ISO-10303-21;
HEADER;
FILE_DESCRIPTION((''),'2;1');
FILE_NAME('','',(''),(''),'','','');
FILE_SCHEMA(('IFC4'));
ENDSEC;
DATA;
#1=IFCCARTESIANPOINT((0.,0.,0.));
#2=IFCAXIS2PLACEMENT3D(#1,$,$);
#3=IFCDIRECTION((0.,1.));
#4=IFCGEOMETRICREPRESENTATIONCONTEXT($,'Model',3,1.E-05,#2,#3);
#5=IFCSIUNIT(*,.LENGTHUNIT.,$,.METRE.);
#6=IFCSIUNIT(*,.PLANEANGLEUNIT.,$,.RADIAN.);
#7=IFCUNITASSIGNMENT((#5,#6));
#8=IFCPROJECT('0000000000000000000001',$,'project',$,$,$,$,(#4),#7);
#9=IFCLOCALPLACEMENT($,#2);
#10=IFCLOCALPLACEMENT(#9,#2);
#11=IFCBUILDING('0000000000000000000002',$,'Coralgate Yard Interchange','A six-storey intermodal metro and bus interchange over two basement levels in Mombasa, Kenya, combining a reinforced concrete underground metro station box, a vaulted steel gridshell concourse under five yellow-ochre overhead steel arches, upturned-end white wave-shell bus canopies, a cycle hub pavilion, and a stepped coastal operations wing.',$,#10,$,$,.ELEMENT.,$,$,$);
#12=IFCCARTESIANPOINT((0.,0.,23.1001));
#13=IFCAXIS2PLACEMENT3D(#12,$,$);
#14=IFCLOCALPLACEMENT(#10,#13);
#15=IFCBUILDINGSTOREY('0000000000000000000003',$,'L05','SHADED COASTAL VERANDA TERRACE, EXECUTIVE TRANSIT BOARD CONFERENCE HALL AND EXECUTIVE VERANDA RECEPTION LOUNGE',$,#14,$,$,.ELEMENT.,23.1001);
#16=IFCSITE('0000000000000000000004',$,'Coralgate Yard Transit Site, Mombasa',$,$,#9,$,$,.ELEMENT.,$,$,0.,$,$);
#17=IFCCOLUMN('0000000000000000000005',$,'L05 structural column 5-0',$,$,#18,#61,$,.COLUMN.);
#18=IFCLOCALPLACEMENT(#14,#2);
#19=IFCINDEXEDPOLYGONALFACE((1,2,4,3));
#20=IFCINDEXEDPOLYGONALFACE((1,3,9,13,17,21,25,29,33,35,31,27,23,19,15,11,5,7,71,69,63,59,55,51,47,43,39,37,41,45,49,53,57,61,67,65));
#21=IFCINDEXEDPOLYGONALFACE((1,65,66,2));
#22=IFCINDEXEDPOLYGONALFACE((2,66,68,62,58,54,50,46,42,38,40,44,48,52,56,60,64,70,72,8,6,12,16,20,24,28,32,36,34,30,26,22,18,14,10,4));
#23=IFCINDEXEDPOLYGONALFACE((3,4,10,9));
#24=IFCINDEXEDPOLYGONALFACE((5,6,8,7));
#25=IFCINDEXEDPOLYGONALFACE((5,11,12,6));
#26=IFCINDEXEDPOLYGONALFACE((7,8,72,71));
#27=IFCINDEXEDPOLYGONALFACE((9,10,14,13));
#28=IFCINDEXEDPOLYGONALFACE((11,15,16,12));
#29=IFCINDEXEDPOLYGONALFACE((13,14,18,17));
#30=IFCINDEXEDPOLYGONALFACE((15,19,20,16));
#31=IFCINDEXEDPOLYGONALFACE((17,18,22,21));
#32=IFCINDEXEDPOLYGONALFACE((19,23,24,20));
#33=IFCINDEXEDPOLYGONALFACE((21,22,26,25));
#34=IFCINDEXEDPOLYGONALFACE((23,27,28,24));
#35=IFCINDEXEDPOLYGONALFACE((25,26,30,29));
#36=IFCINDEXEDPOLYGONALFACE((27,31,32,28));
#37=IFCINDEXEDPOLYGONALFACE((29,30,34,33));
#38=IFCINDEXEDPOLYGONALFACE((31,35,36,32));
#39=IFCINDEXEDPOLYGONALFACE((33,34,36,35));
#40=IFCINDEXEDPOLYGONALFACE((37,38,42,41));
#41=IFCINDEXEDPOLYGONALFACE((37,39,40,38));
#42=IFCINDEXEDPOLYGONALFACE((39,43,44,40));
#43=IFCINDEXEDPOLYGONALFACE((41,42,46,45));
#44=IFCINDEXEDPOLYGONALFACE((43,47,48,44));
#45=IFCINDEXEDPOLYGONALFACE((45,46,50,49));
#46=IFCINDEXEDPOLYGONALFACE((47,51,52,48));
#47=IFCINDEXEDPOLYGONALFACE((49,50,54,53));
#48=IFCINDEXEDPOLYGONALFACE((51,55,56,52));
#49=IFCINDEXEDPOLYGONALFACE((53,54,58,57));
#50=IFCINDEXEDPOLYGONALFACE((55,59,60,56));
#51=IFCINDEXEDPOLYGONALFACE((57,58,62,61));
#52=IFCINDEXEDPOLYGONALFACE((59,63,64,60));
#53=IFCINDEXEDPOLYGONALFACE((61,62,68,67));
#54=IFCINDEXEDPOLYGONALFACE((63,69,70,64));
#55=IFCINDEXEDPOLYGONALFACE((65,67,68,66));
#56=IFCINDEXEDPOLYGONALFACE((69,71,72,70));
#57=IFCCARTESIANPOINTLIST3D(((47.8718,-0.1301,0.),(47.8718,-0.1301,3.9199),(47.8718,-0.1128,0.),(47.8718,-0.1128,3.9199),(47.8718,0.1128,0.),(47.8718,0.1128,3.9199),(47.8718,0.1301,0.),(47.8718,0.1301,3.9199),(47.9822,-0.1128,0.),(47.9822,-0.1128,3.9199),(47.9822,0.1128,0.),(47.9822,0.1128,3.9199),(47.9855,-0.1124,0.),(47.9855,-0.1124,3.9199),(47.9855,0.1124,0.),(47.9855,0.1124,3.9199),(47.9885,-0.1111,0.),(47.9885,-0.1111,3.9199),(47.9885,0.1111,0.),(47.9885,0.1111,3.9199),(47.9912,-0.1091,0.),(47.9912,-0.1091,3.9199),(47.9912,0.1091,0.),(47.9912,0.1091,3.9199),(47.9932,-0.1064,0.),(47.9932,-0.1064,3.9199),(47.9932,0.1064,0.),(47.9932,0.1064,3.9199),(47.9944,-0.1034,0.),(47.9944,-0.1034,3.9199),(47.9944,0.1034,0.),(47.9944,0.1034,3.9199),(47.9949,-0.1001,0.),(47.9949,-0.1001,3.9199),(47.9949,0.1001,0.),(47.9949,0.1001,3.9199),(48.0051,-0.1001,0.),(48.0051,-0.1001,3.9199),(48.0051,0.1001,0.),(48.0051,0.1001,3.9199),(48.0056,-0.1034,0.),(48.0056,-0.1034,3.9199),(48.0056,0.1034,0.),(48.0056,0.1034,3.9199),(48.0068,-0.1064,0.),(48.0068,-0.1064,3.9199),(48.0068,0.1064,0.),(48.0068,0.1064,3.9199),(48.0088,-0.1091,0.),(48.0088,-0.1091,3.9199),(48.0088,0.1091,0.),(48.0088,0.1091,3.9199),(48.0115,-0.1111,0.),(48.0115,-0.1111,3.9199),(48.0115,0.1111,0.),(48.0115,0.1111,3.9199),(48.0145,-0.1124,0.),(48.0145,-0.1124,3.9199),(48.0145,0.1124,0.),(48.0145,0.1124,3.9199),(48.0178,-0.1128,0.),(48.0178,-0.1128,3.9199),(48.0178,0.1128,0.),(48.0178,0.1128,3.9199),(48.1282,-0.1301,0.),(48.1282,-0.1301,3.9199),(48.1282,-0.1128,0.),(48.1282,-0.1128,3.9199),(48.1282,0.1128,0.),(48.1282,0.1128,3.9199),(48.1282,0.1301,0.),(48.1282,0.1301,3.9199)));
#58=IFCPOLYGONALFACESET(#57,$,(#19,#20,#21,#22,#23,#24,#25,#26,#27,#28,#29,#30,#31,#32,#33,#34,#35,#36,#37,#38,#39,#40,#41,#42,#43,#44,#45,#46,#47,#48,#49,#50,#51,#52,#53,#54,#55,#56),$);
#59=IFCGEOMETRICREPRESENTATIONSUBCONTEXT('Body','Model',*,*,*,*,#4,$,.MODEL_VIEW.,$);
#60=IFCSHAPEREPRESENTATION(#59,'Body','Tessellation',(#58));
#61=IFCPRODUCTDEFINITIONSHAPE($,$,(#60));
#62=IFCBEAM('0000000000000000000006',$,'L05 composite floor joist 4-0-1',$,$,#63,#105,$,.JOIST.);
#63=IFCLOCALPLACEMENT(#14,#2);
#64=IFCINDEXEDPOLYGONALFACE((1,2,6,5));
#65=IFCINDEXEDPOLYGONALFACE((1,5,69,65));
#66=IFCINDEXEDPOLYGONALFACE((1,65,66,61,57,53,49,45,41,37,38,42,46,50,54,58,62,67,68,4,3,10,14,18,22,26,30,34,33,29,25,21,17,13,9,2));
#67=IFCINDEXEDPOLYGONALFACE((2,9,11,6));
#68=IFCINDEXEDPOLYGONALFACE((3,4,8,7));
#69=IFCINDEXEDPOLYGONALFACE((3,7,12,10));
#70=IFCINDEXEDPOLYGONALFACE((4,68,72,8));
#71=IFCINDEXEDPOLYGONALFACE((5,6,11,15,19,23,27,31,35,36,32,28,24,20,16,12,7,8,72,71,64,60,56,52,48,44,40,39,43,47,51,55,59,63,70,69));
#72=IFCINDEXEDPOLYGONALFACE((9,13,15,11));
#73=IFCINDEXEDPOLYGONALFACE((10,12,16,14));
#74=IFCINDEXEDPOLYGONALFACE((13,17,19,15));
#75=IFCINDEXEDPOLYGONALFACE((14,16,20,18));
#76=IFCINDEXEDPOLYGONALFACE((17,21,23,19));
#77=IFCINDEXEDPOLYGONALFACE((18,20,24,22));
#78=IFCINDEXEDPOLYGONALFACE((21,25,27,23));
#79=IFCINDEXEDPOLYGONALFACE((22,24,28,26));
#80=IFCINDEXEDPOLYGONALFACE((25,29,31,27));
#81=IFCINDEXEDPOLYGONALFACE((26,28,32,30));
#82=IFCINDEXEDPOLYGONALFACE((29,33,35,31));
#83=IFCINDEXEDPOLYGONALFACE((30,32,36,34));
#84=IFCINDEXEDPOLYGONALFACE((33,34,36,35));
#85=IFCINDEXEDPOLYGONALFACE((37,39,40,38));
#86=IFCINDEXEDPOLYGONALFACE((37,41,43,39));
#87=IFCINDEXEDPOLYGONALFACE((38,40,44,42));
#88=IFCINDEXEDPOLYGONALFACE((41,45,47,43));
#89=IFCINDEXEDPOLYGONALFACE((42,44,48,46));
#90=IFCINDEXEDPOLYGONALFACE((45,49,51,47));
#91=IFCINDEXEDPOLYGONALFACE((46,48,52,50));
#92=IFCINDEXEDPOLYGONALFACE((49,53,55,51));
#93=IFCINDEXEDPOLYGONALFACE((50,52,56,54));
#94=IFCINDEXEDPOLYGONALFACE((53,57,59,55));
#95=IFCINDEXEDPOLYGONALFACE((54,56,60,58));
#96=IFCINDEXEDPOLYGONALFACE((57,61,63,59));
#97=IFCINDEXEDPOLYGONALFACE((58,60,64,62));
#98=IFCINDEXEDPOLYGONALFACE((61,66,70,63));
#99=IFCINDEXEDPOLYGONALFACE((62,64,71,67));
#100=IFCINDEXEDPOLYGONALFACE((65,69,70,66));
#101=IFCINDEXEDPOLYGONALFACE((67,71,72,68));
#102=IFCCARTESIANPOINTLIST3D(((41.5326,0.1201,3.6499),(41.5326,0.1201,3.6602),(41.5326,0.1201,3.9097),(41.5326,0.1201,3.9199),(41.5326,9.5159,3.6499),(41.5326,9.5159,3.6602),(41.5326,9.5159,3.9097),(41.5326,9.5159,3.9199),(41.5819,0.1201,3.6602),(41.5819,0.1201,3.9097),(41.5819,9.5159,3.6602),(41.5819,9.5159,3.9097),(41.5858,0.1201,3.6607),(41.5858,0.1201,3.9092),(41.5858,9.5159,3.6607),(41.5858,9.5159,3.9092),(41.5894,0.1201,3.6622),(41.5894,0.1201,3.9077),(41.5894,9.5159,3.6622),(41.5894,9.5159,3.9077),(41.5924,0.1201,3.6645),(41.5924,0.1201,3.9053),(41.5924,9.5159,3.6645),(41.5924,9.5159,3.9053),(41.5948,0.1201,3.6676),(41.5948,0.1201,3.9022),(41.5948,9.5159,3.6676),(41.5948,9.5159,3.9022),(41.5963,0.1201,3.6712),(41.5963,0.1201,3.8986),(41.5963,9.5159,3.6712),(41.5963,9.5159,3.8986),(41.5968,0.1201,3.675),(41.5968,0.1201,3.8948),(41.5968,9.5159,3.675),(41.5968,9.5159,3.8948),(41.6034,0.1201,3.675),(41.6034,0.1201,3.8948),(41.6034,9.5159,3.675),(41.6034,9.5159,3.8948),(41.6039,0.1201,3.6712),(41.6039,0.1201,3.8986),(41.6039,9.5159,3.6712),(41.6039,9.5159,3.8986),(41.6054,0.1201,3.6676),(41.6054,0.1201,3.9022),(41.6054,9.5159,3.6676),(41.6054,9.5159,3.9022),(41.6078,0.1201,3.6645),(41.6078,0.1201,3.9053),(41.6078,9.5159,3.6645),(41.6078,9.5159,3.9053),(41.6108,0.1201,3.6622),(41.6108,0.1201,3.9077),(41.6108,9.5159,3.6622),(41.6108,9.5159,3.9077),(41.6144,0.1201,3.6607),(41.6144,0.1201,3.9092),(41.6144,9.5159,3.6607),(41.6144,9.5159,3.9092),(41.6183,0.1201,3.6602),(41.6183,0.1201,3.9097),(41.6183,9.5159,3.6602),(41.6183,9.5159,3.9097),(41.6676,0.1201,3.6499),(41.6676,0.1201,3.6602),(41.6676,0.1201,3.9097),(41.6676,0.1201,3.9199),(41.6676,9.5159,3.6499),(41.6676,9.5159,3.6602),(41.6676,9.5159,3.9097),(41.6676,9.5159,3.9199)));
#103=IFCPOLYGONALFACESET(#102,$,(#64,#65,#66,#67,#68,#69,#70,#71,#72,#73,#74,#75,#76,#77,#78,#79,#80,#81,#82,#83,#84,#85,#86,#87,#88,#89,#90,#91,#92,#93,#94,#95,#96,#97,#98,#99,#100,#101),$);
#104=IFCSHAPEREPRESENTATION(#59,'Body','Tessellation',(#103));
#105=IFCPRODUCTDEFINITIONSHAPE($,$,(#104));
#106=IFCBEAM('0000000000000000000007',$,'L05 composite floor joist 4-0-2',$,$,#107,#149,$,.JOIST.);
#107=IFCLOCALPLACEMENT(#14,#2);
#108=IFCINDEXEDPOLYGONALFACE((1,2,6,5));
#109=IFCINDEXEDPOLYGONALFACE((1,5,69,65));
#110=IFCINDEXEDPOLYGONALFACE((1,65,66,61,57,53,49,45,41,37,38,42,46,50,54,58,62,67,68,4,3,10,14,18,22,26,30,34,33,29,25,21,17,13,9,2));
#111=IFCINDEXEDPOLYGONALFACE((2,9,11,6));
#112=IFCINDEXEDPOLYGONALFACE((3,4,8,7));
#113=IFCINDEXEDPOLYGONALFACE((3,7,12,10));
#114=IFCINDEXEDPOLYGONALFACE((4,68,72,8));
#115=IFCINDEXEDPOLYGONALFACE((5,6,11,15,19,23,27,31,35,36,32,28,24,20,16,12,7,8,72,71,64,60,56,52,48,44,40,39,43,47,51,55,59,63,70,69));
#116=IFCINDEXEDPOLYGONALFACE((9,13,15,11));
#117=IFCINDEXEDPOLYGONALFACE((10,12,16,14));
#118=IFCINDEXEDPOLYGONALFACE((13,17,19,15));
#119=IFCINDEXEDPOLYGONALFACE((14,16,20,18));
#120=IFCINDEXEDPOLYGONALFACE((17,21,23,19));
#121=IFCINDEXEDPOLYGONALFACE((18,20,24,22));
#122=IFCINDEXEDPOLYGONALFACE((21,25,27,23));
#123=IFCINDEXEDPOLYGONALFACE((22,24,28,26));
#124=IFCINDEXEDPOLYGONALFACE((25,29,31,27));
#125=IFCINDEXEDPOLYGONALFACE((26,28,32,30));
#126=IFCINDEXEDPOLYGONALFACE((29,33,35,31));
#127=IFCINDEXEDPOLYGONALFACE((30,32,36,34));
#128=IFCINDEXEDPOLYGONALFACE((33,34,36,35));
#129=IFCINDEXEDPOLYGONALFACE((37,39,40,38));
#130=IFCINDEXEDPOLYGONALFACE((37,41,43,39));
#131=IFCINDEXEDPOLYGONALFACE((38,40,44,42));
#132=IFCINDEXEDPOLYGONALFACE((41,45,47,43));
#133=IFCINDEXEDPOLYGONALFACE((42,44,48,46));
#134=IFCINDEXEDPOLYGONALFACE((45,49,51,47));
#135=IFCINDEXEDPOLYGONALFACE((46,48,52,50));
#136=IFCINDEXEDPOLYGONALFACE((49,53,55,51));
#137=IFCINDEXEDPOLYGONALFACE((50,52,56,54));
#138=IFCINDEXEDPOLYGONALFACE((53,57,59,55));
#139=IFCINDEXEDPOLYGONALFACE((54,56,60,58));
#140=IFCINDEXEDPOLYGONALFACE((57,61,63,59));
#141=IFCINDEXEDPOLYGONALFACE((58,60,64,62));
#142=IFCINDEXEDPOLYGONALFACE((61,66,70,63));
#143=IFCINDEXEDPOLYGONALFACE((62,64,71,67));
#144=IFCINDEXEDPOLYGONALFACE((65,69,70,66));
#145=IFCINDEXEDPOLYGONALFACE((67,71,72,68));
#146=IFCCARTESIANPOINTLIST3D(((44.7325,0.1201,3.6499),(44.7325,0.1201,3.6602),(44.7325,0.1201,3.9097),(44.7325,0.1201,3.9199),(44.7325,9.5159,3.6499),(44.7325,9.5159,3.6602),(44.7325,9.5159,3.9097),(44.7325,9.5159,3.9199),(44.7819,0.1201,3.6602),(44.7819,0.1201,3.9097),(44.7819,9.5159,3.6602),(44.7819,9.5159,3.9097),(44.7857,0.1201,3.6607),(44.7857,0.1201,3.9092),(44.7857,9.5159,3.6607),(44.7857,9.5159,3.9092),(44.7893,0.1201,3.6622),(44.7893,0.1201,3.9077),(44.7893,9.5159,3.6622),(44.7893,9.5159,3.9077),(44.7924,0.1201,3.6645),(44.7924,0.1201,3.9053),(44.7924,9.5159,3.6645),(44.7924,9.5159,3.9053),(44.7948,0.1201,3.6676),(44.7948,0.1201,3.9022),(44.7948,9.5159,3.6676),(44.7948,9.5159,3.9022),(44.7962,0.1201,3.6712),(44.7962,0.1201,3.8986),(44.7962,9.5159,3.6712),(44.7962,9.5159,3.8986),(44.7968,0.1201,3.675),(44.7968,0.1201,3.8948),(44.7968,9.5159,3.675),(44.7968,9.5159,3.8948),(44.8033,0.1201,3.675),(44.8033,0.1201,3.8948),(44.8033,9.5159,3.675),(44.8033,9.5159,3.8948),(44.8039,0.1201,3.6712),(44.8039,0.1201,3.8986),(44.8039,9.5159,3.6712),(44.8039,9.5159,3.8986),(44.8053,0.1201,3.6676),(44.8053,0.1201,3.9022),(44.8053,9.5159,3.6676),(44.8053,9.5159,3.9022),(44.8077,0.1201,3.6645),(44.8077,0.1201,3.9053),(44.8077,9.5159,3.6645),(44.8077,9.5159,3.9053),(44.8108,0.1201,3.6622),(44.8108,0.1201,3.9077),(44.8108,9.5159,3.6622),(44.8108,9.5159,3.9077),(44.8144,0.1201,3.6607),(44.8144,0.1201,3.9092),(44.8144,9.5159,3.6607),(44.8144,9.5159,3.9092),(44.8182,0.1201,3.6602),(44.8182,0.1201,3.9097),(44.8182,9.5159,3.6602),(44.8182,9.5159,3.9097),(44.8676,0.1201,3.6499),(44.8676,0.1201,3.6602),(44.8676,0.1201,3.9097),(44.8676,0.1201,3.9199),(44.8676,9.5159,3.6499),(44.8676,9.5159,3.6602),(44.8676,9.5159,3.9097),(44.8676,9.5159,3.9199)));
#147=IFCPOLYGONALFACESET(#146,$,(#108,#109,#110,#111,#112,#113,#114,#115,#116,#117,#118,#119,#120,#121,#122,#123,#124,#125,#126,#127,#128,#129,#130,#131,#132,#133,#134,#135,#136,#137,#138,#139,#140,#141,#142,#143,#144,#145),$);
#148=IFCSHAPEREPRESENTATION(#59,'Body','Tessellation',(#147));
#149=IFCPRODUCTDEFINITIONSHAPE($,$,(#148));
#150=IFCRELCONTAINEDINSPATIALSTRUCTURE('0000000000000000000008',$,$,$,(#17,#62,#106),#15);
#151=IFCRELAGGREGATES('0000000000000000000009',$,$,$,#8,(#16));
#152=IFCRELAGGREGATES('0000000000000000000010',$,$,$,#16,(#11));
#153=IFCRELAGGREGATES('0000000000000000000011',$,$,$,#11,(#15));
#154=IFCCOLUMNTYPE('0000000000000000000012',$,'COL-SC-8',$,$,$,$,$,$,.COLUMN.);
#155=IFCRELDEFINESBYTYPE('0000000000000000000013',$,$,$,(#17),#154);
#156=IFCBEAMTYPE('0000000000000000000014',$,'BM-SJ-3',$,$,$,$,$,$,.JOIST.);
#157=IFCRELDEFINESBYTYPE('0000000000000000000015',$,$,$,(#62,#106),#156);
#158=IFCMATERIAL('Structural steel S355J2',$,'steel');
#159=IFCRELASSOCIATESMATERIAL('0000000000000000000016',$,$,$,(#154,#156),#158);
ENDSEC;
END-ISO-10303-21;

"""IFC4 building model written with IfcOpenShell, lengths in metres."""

from ifc_helpers import new_model, si_unit, direction, frame, origin, origin_2d, place, context, subcontext, project, spatial, i_section, extrude, material, material_profile, profile_set, type_object, element, save


model = new_model("IFC4")

# Units and contexts
model_context = context("Model", 3, precision=1e-05, world=origin(), true_north=direction((0.0, 1.0)))
body_context = subcontext(model_context, "Body", "Model", "MODEL_VIEW")
ifc_project = project(units=[si_unit("LENGTHUNIT", "METRE"), si_unit("PLANEANGLEUNIT", "RADIAN")], contexts=[model_context])

# Site, building, storey
site_placement = place(None, origin())
site = spatial("IfcSite", under=ifc_project, at=site_placement, Name="Coralgate Yard Transit Site, Mombasa", CompositionType="ELEMENT", RefElevation=0.0)
building_placement = place(site_placement, origin())
building = spatial("IfcBuilding", under=site, at=building_placement, Name="Coralgate Yard Interchange", Description="A six-storey intermodal metro and bus interchange over two basement levels in Mombasa, Kenya, combining a reinforced concrete underground metro station box, a vaulted steel gridshell concourse under five yellow-ochre overhead steel arches, upturned-end white wave-shell bus canopies, a cycle hub pavilion, and a stepped coastal operations wing.", CompositionType="ELEMENT")
storey_placement = place(building_placement, frame((0.0, 0.0, 23.1001)))
storey = spatial("IfcBuildingStorey", under=building, at=storey_placement, Name="L05", Description="SHADED COASTAL VERANDA TERRACE, EXECUTIVE TRANSIT BOARD CONFERENCE HALL AND EXECUTIVE VERANDA RECEPTION LOUNGE", CompositionType="ELEMENT", Elevation=23.1001)

# Column
ifc_material_1 = material(Name="Structural steel S355J2", Category="steel")
ifc_material_profile_1 = material_profile(ifc_material_1, i_section(OverallWidth=0.2563, OverallDepth=0.2603, WebThickness=0.0103, FlangeThickness=0.0173, FilletRadius=0.0127, at=origin_2d()), Name="UC 254x254x89")
ifc_profile_set_1 = profile_set([ifc_material_profile_1], Name="Structural steel S355J2")
column_type = type_object("IfcColumnType", Name="COL-SC-8", PredefinedType="COLUMN", material=ifc_profile_set_1)
column_placement = place(storey_placement, frame((48.0, 0.0, 0.0), z_axis=(0.0, 0.0, 1.0), x_axis=(1.0, 0.0, 0.0)))
element("IfcColumn", 1, at=column_placement, inside=storey, type_object=column_type, Name="L05 structural column 5-0", PredefinedType="COLUMN", context=body_context, shape_type="SweptSolid", body=[
    extrude(i_section(OverallWidth=0.2563, OverallDepth=0.2603, WebThickness=0.0103, FlangeThickness=0.0173, FilletRadius=0.0127, at=origin_2d()), origin(), (0.0, 0.0, 1.0), 3.9199),
])

# Beams
ifc_material_profile_2 = material_profile(ifc_material_1, i_section(OverallWidth=0.135, OverallDepth=0.27, WebThickness=0.0066, FlangeThickness=0.0103, FilletRadius=0.0149, at=origin_2d()), Name="IPE 270")
ifc_profile_set_2 = profile_set([ifc_material_profile_2], Name="Structural steel S355J2")
beam_type = type_object("IfcBeamType", Name="BM-SJ-3", PredefinedType="JOIST", material=ifc_profile_set_2)
for number, where, z_axis, x_axis, name in (
    (2, (41.6001, 0.1201, 3.7849), (0.0, 1.0, 0.0), (-1.0, 0.0, 0.0), "L05 composite floor joist 4-0-1"),
    (3, (44.8, 0.1201, 3.7849), (0.0, 1.0, 0.0), (-1.0, 0.0, 0.0), "L05 composite floor joist 4-0-2"),
):
    element("IfcBeam", number, at=place(storey_placement, frame(where, z_axis=z_axis, x_axis=x_axis)), inside=storey, type_object=beam_type, Name=name, PredefinedType="JOIST", context=body_context, shape_type="SweptSolid", body=[
        extrude(i_section(OverallWidth=0.135, OverallDepth=0.27, WebThickness=0.0066, FlangeThickness=0.0103, FilletRadius=0.0149, at=origin_2d()), origin(), (0.0, 0.0, 1.0), 9.3958),
    ])

save(model, "model.ifc")
